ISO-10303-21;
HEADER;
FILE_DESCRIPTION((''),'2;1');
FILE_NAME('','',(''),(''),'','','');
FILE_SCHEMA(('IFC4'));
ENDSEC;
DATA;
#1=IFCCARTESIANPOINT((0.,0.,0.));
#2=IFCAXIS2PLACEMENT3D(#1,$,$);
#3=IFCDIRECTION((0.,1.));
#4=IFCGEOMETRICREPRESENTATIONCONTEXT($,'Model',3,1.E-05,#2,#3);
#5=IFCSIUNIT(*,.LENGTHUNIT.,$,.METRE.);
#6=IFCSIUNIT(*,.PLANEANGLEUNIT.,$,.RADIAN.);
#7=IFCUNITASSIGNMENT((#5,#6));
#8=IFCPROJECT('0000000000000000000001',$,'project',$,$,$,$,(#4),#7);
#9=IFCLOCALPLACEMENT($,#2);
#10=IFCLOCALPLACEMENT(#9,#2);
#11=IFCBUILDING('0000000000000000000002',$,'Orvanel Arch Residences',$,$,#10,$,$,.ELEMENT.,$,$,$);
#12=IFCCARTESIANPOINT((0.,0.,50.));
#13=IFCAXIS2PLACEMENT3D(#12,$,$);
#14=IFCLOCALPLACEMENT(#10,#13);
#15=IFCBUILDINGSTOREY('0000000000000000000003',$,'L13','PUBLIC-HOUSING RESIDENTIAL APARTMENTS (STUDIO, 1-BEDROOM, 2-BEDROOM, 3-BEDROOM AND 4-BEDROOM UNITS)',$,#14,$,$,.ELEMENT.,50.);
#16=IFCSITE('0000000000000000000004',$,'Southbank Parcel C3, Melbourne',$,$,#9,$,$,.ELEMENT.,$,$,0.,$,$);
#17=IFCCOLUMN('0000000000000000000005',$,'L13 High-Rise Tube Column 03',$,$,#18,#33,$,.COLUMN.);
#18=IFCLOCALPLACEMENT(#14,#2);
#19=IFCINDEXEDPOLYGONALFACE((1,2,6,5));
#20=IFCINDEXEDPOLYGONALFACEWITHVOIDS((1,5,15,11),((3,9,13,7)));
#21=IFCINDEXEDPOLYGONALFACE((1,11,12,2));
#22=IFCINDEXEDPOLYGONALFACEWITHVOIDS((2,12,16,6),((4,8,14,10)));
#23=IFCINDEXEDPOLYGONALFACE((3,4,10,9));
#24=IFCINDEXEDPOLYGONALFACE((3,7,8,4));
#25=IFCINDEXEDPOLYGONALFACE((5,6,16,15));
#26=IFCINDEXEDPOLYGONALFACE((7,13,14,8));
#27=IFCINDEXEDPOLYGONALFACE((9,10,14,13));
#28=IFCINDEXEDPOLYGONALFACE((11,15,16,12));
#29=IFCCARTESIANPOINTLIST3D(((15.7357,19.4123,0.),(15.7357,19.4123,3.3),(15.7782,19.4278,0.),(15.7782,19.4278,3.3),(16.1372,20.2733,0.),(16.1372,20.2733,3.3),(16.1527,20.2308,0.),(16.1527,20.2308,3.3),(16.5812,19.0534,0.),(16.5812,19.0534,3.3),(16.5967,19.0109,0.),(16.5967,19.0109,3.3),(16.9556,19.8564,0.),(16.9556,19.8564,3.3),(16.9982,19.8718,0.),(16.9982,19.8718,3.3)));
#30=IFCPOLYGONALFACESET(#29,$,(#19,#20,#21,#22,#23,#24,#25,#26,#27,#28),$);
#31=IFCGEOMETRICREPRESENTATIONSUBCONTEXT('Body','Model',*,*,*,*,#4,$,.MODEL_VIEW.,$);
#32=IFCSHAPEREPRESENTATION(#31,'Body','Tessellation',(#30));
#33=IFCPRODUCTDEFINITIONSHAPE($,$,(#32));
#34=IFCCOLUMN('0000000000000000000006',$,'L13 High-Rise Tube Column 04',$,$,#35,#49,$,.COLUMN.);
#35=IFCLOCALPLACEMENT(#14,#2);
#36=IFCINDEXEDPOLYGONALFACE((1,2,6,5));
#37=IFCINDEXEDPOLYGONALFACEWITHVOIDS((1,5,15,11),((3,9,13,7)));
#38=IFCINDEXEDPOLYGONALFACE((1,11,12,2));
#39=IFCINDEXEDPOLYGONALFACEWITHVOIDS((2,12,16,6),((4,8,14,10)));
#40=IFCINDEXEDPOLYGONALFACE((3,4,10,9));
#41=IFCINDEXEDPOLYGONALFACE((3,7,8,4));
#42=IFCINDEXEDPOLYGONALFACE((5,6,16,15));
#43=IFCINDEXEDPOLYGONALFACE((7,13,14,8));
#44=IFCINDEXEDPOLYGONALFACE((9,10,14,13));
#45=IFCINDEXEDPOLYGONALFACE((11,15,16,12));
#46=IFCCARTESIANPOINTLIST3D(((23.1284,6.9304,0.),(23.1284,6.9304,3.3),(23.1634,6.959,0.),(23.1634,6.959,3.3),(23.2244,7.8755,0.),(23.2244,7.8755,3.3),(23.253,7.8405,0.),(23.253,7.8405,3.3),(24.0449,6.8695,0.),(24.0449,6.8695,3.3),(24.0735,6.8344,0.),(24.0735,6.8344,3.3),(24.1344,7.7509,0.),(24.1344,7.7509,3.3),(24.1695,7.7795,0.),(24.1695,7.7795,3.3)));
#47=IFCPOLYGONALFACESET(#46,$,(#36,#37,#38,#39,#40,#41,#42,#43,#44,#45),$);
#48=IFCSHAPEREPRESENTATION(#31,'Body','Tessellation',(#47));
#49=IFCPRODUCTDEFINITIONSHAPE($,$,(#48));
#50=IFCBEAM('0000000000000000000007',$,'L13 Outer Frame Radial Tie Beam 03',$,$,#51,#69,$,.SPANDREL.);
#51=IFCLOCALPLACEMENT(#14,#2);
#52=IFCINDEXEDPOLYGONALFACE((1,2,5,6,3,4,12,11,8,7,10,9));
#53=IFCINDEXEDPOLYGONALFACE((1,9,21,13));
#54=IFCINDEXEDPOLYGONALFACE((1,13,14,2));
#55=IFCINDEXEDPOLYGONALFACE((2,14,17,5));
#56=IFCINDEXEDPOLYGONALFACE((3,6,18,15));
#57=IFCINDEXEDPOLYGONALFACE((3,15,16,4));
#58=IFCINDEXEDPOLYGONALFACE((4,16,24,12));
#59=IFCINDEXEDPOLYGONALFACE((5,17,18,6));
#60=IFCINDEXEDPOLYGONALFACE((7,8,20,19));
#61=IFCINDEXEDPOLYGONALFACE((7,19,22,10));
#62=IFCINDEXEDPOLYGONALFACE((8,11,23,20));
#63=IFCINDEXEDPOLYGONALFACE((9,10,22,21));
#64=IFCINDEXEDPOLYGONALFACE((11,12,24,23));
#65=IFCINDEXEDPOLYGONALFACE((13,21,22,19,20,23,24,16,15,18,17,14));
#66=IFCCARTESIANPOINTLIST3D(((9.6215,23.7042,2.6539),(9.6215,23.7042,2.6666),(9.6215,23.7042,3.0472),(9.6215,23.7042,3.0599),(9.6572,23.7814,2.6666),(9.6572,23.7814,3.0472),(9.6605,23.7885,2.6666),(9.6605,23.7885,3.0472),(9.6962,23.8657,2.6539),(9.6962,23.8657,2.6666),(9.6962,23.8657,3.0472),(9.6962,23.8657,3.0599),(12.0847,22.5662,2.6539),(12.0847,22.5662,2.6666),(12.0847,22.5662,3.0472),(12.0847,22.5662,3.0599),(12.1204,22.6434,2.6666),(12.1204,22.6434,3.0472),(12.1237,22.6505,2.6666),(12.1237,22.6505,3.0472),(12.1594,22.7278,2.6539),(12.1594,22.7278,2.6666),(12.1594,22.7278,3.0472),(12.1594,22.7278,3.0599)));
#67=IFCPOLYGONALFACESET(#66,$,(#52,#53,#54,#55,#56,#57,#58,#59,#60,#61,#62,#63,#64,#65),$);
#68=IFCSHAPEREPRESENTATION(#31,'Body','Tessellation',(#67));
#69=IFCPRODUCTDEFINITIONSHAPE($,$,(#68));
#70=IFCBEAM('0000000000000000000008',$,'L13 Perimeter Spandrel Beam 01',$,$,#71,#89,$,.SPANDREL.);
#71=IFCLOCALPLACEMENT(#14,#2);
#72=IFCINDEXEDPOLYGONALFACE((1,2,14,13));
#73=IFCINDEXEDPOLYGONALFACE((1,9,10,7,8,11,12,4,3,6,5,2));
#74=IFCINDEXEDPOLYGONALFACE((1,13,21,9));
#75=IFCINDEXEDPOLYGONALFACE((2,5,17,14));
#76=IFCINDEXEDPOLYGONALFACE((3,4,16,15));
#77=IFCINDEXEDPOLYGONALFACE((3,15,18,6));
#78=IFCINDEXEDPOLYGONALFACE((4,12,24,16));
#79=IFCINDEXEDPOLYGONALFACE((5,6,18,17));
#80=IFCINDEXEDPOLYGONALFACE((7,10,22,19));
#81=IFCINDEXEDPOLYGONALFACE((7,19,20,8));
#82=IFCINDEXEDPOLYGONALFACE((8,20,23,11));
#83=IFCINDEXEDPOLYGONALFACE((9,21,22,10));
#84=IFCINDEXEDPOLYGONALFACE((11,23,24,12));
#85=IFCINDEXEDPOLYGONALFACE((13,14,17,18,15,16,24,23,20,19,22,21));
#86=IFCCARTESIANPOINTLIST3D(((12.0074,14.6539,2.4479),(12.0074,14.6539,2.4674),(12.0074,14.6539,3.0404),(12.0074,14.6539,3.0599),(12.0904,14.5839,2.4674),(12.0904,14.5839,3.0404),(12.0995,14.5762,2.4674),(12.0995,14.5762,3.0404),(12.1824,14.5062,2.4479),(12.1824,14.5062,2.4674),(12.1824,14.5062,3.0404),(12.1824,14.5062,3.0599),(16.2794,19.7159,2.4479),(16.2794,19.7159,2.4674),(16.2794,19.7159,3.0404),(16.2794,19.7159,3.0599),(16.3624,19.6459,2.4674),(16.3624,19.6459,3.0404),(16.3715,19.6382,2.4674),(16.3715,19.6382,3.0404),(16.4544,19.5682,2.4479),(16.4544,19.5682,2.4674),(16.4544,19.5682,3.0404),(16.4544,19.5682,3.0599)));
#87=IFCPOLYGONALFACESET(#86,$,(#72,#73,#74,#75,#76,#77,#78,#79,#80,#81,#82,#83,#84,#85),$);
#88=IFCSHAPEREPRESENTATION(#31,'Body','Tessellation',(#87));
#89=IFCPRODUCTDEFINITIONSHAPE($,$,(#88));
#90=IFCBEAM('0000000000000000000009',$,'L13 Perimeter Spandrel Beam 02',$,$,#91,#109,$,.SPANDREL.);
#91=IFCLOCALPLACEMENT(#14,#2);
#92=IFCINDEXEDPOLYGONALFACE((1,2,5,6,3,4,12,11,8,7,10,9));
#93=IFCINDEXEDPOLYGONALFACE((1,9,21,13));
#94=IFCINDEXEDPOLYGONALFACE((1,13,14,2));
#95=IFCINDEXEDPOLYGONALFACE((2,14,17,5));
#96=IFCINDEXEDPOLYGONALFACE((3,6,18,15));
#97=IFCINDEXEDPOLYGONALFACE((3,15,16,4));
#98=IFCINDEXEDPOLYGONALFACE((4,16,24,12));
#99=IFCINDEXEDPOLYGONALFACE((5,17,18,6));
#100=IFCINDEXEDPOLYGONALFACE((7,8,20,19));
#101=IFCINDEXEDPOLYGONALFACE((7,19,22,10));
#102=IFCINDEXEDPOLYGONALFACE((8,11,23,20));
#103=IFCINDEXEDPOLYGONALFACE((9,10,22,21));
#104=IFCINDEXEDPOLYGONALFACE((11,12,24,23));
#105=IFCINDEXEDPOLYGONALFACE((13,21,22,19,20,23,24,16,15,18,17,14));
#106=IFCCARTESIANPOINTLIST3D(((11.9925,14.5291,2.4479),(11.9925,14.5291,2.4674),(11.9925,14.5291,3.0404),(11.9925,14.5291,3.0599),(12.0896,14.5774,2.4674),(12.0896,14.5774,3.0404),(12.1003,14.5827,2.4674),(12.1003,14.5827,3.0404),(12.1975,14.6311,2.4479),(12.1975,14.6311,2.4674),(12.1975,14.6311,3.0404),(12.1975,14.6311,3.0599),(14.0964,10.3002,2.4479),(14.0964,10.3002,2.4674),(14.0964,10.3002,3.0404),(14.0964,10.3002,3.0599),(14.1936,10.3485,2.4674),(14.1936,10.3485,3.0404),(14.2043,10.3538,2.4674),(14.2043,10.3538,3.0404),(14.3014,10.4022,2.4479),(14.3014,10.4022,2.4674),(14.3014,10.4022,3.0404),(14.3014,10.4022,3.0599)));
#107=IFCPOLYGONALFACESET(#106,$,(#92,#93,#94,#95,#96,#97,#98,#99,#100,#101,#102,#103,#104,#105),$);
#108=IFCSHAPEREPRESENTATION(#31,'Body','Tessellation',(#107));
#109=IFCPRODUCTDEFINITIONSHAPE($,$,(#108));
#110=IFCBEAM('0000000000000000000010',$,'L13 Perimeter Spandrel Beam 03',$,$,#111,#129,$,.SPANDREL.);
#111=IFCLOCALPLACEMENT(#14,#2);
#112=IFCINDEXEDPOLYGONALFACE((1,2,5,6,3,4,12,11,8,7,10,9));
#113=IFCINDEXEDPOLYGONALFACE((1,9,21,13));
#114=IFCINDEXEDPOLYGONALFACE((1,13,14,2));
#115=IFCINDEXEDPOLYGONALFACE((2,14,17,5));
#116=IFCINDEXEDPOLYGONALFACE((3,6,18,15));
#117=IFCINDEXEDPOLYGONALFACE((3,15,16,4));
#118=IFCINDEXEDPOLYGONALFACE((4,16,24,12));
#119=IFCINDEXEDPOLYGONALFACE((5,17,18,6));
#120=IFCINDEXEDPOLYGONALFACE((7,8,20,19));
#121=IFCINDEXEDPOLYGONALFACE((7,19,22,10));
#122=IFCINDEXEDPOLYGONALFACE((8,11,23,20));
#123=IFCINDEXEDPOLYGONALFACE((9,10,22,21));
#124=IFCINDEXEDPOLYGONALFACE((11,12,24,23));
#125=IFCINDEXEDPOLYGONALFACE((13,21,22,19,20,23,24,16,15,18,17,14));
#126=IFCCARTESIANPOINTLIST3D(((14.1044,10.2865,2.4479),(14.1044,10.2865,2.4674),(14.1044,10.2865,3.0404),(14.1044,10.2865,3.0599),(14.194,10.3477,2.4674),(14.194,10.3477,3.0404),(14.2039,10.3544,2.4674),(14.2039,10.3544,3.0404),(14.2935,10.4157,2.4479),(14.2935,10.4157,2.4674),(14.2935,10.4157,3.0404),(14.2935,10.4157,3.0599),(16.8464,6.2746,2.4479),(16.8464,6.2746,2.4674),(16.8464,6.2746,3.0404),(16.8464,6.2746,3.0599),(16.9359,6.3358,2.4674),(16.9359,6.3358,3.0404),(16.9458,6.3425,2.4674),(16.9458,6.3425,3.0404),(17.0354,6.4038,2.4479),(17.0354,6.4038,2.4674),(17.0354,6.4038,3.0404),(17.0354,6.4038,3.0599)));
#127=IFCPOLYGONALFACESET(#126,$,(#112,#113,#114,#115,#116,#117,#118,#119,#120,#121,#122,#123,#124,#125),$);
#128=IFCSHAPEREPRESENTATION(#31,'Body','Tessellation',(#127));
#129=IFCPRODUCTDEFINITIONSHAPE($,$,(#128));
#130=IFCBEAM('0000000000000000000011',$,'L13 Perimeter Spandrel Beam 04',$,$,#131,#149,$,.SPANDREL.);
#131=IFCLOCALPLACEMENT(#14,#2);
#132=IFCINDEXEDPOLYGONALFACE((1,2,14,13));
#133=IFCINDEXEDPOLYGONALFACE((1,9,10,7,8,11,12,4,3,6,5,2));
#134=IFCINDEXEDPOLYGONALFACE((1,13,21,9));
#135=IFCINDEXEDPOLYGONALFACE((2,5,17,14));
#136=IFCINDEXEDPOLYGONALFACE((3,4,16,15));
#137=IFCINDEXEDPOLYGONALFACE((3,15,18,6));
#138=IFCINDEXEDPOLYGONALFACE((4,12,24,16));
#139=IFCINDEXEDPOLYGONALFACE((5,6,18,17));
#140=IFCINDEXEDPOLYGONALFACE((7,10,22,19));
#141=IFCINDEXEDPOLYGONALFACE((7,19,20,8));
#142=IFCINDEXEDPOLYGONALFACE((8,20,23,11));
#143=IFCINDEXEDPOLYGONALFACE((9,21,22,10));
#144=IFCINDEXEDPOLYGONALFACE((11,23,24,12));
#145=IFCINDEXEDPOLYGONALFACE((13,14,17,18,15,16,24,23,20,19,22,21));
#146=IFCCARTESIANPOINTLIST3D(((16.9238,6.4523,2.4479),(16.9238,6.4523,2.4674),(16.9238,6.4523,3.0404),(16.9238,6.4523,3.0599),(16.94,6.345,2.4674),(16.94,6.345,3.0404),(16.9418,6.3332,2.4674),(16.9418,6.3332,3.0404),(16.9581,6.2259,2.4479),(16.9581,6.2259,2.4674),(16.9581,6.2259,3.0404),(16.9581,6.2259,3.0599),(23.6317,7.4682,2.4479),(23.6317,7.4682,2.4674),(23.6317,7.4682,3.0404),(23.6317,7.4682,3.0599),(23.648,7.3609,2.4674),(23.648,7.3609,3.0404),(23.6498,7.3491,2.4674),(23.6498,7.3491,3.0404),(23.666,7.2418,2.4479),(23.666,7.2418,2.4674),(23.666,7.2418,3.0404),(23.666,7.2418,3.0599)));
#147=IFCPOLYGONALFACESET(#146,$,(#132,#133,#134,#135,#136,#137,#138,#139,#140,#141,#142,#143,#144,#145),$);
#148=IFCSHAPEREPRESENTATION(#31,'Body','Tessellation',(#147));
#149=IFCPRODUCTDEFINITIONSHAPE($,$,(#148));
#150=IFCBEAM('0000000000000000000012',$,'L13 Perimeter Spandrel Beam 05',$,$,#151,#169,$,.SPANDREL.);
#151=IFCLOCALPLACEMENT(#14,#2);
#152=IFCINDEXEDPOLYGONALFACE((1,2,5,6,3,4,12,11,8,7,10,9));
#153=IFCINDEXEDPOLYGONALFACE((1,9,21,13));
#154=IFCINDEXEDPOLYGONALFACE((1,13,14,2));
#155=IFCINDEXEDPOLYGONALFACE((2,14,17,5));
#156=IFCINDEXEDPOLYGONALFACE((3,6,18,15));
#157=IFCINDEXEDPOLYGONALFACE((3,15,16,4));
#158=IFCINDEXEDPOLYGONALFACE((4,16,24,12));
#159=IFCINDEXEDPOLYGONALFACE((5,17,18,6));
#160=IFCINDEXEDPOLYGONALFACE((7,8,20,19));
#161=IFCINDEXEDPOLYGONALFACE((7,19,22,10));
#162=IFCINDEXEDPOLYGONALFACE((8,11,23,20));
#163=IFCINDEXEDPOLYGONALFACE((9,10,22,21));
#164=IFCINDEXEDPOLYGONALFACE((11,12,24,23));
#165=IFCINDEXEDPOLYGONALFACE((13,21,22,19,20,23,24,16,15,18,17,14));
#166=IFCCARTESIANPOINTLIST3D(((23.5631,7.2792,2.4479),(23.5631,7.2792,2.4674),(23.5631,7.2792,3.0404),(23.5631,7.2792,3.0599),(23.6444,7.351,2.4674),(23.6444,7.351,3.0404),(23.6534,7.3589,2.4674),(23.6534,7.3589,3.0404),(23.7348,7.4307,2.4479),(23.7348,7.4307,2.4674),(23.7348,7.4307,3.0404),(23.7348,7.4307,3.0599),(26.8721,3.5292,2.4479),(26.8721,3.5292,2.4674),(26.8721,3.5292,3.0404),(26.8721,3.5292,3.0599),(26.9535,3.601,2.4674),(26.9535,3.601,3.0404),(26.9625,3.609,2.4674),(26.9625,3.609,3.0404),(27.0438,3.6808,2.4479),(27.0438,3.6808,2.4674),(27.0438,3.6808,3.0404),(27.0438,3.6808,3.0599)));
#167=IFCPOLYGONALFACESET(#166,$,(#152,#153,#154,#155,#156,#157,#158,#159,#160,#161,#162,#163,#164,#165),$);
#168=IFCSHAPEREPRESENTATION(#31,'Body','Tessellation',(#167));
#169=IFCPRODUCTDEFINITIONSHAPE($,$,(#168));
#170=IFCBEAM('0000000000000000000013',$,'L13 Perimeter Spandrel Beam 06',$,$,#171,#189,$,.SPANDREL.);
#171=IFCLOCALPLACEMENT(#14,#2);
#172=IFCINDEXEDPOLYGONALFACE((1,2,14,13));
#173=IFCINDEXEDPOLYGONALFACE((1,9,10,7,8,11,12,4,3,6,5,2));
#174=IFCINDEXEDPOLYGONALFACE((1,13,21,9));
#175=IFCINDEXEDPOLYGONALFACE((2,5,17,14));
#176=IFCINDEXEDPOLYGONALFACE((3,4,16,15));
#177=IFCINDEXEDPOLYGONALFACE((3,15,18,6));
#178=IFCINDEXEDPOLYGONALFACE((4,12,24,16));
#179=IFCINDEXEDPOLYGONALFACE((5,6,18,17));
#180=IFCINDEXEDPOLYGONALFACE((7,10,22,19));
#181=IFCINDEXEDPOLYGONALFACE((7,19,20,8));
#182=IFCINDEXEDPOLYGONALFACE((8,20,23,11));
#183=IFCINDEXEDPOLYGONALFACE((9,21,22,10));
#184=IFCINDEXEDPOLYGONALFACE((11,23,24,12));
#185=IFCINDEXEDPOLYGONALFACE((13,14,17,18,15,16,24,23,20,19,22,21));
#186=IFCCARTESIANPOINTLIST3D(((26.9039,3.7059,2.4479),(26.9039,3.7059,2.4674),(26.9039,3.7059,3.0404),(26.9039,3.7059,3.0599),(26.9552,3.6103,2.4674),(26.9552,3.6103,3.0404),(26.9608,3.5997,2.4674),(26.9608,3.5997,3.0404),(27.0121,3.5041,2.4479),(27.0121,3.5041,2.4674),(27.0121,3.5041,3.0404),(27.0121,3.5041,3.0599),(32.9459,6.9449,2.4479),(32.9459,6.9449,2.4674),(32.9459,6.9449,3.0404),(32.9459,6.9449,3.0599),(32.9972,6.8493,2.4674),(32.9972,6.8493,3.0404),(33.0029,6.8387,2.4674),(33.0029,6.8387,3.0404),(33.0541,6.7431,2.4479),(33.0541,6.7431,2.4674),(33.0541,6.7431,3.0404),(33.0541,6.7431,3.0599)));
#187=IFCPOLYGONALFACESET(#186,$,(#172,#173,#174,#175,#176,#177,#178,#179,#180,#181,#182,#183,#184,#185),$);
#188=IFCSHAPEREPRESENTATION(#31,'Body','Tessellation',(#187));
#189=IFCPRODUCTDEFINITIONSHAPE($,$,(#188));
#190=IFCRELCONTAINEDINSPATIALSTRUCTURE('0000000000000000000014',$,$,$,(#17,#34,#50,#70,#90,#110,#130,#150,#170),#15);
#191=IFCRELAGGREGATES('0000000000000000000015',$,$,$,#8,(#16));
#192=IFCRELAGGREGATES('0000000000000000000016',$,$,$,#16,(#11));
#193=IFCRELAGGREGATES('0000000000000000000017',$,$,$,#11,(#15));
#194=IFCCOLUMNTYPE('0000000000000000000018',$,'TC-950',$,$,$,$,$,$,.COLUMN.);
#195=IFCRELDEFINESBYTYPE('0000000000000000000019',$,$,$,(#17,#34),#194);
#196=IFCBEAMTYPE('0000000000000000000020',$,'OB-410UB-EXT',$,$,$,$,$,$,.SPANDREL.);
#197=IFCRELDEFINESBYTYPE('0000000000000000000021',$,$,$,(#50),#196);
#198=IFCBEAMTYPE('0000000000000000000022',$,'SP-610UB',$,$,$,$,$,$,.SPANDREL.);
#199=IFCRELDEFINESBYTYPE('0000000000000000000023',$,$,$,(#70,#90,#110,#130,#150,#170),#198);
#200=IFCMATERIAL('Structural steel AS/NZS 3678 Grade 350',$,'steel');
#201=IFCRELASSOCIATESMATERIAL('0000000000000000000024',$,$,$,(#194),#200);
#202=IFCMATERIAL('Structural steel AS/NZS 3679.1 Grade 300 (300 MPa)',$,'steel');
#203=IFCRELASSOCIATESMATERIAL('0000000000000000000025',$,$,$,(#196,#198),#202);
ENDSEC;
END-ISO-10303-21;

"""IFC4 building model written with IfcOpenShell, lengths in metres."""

from ifc_helpers import new_model, si_unit, direction, frame, origin, origin_2d, place, context, subcontext, project, spatial, hollow_rectangle, i_section, extrude, material, material_profile, profile_set, type_object, element, save


model = new_model("IFC4")

# Units and contexts
model_context = context("Model", 3, precision=1e-05, world=origin(), true_north=direction((0.0, 1.0)))
body_context = subcontext(model_context, "Body", "Model", "MODEL_VIEW")
ifc_project = project(units=[si_unit("LENGTHUNIT", "METRE"), si_unit("PLANEANGLEUNIT", "RADIAN")], contexts=[model_context])

# Site, building, storey
site_placement = place(None, origin())
site = spatial("IfcSite", under=ifc_project, at=site_placement, Name="Southbank Parcel C3, Melbourne", CompositionType="ELEMENT", RefElevation=0.0)
building_placement = place(site_placement, origin())
building = spatial("IfcBuilding", under=site, at=building_placement, Name="Orvanel Arch Residences", CompositionType="ELEMENT")
storey_placement = place(building_placement, frame((0.0, 0.0, 50.0)))
storey = spatial("IfcBuildingStorey", under=building, at=storey_placement, Name="L13", Description="PUBLIC-HOUSING RESIDENTIAL APARTMENTS (STUDIO, 1-BEDROOM, 2-BEDROOM, 3-BEDROOM AND 4-BEDROOM UNITS)", CompositionType="ELEMENT", Elevation=50.0)

# Columns
ifc_material_1 = material(Name="Structural steel AS/NZS 3678 Grade 350", Category="steel")
ifc_material_profile_1 = material_profile(ifc_material_1, hollow_rectangle(XDim=0.95, YDim=0.95, WallThickness=0.032, at=origin_2d()), Name="BOX950x950x32")
ifc_profile_set_1 = profile_set([ifc_material_profile_1], Name="Structural steel AS/NZS 3678 Grade 350")
column_type_1 = type_object("IfcColumnType", Name="TC-950", PredefinedType="COLUMN", material=ifc_profile_set_1)
for number, where, z_axis, x_axis, name in (
    (1, (16.3669, 19.6421, 0.0), (0.0, 0.0, 1.0), (0.422618, 0.906308, 0.0), "L13 High-Rise Tube Column 03"),
    (2, (23.6489, 7.355, 0.0), (0.0, 0.0, 1.0), (-0.994881, 0.101056, 0.0), "L13 High-Rise Tube Column 04"),
):
    element("IfcColumn", number, at=place(storey_placement, frame(where, z_axis=z_axis, x_axis=x_axis)), inside=storey, type_object=column_type_1, Name=name, PredefinedType="COLUMN", context=body_context, shape_type="SweptSolid", body=[
        extrude(hollow_rectangle(XDim=0.95, YDim=0.95, WallThickness=0.032, at=origin_2d()), origin(), (0.0, 0.0, 1.0), 3.3),
    ])

# Beams
ifc_material_2 = material(Name="Structural steel AS/NZS 3679.1 Grade 300 (300 MPa)", Category="steel")
ifc_material_profile_2 = material_profile(ifc_material_2, i_section(OverallWidth=0.178, OverallDepth=0.406, WebThickness=0.0078, FlangeThickness=0.0127, at=origin_2d()), Name="410UB59.7")
ifc_profile_set_2 = profile_set([ifc_material_profile_2], Name="Structural steel AS/NZS 3679.1 Grade 300 (300 MPa)")
beam_type_1 = type_object("IfcBeamType", Name="OB-410UB-EXT", PredefinedType="SPANDREL", material=ifc_profile_set_2)
beam_1_placement = place(storey_placement, frame((12.1221, 22.647, 2.8569), z_axis=(-0.907804, 0.419395, 0.0), x_axis=(-0.419395, -0.907804, 0.0)))
element("IfcBeam", 3, at=beam_1_placement, inside=storey, type_object=beam_type_1, Name="L13 Outer Frame Radial Tie Beam 03", PredefinedType="SPANDREL", context=body_context, shape_type="SweptSolid", body=[
    extrude(i_section(OverallWidth=0.178, OverallDepth=0.406, WebThickness=0.0078, FlangeThickness=0.0127, at=origin_2d()), origin(), (0.0, 0.0, 1.0), 2.7134),
])
ifc_material_profile_3 = material_profile(ifc_material_2, i_section(OverallWidth=0.229, OverallDepth=0.6121, WebThickness=0.012, FlangeThickness=0.0195, at=origin_2d()), Name="610UB125")
ifc_profile_set_3 = profile_set([ifc_material_profile_3], Name="Structural steel AS/NZS 3679.1 Grade 300 (300 MPa)")
beam_type_2 = type_object("IfcBeamType", Name="SP-610UB", PredefinedType="SPANDREL", material=ifc_profile_set_3)
beam_2_placement = place(storey_placement, frame((16.3669, 19.6421, 2.7539), z_axis=(-0.64495, -0.764224, 0.0), x_axis=(0.764224, -0.64495, 0.0)))
element("IfcBeam", 4, at=beam_2_placement, inside=storey, type_object=beam_type_2, Name="L13 Perimeter Spandrel Beam 01", PredefinedType="SPANDREL", context=body_context, shape_type="SweptSolid", body=[
    extrude(i_section(OverallWidth=0.229, OverallDepth=0.6121, WebThickness=0.012, FlangeThickness=0.0195, at=origin_2d()), origin(), (0.0, 0.0, 1.0), 6.6238),
])
beam_3_placement = place(storey_placement, frame((12.095, 14.5801, 2.7539), z_axis=(0.445435, -0.895314, 0.0), x_axis=(0.895314, 0.445435, 0.0)))
element("IfcBeam", 5, at=beam_3_placement, inside=storey, type_object=beam_type_2, Name="L13 Perimeter Spandrel Beam 02", PredefinedType="SPANDREL", context=body_context, shape_type="SweptSolid", body=[
    extrude(i_section(OverallWidth=0.229, OverallDepth=0.6121, WebThickness=0.012, FlangeThickness=0.0195, at=origin_2d()), origin(), (0.0, 0.0, 1.0), 4.7234),
])
beam_4_placement = place(storey_placement, frame((14.199, 10.3511, 2.7539), z_axis=(0.564252, -0.825603, 0.0), x_axis=(0.825603, 0.564252, 0.0)))
element("IfcBeam", 6, at=beam_4_placement, inside=storey, type_object=beam_type_2, Name="L13 Perimeter Spandrel Beam 03", PredefinedType="SPANDREL", context=body_context, shape_type="SweptSolid", body=[
    extrude(i_section(OverallWidth=0.229, OverallDepth=0.6121, WebThickness=0.012, FlangeThickness=0.0195, at=origin_2d()), origin(), (0.0, 0.0, 1.0), 4.8594),
])
beam_5_placement = place(storey_placement, frame((16.9409, 6.3391, 2.7539), z_axis=(0.988726, 0.149734, 0.0), x_axis=(-0.149734, 0.988726, 0.0)))
element("IfcBeam", 7, at=beam_5_placement, inside=storey, type_object=beam_type_2, Name="L13 Perimeter Spandrel Beam 04", PredefinedType="SPANDREL", context=body_context, shape_type="SweptSolid", body=[
    extrude(i_section(OverallWidth=0.229, OverallDepth=0.6121, WebThickness=0.012, FlangeThickness=0.0195, at=origin_2d()), origin(), (0.0, 0.0, 1.0), 6.7844),
])
beam_6_placement = place(storey_placement, frame((23.6489, 7.355, 2.7539), z_axis=(0.661651, -0.749812, 0.0), x_axis=(0.749812, 0.661651, 0.0)))
element("IfcBeam", 8, at=beam_6_placement, inside=storey, type_object=beam_type_2, Name="L13 Perimeter Spandrel Beam 05", PredefinedType="SPANDREL", context=body_context, shape_type="SweptSolid", body=[
    extrude(i_section(OverallWidth=0.229, OverallDepth=0.6121, WebThickness=0.012, FlangeThickness=0.0195, at=origin_2d()), origin(), (0.0, 0.0, 1.0), 5.0012),
])
for number, where, z_axis, x_axis, name in (
    (9, (26.958, 3.605, 2.7539), (0.881344, 0.472474, 0.0), (-0.472474, 0.881344, 0.0), "L13 Perimeter Spandrel Beam 06"),
):
    element("IfcBeam", number, at=place(storey_placement, frame(where, z_axis=z_axis, x_axis=x_axis)), inside=storey, type_object=beam_type_2, Name=name, PredefinedType="SPANDREL", context=body_context, shape_type="SweptSolid", body=[
        extrude(i_section(OverallWidth=0.229, OverallDepth=0.6121, WebThickness=0.012, FlangeThickness=0.0195, at=origin_2d()), origin(), (0.0, 0.0, 1.0), 6.8555),
    ])

save(model, "model.ifc")
